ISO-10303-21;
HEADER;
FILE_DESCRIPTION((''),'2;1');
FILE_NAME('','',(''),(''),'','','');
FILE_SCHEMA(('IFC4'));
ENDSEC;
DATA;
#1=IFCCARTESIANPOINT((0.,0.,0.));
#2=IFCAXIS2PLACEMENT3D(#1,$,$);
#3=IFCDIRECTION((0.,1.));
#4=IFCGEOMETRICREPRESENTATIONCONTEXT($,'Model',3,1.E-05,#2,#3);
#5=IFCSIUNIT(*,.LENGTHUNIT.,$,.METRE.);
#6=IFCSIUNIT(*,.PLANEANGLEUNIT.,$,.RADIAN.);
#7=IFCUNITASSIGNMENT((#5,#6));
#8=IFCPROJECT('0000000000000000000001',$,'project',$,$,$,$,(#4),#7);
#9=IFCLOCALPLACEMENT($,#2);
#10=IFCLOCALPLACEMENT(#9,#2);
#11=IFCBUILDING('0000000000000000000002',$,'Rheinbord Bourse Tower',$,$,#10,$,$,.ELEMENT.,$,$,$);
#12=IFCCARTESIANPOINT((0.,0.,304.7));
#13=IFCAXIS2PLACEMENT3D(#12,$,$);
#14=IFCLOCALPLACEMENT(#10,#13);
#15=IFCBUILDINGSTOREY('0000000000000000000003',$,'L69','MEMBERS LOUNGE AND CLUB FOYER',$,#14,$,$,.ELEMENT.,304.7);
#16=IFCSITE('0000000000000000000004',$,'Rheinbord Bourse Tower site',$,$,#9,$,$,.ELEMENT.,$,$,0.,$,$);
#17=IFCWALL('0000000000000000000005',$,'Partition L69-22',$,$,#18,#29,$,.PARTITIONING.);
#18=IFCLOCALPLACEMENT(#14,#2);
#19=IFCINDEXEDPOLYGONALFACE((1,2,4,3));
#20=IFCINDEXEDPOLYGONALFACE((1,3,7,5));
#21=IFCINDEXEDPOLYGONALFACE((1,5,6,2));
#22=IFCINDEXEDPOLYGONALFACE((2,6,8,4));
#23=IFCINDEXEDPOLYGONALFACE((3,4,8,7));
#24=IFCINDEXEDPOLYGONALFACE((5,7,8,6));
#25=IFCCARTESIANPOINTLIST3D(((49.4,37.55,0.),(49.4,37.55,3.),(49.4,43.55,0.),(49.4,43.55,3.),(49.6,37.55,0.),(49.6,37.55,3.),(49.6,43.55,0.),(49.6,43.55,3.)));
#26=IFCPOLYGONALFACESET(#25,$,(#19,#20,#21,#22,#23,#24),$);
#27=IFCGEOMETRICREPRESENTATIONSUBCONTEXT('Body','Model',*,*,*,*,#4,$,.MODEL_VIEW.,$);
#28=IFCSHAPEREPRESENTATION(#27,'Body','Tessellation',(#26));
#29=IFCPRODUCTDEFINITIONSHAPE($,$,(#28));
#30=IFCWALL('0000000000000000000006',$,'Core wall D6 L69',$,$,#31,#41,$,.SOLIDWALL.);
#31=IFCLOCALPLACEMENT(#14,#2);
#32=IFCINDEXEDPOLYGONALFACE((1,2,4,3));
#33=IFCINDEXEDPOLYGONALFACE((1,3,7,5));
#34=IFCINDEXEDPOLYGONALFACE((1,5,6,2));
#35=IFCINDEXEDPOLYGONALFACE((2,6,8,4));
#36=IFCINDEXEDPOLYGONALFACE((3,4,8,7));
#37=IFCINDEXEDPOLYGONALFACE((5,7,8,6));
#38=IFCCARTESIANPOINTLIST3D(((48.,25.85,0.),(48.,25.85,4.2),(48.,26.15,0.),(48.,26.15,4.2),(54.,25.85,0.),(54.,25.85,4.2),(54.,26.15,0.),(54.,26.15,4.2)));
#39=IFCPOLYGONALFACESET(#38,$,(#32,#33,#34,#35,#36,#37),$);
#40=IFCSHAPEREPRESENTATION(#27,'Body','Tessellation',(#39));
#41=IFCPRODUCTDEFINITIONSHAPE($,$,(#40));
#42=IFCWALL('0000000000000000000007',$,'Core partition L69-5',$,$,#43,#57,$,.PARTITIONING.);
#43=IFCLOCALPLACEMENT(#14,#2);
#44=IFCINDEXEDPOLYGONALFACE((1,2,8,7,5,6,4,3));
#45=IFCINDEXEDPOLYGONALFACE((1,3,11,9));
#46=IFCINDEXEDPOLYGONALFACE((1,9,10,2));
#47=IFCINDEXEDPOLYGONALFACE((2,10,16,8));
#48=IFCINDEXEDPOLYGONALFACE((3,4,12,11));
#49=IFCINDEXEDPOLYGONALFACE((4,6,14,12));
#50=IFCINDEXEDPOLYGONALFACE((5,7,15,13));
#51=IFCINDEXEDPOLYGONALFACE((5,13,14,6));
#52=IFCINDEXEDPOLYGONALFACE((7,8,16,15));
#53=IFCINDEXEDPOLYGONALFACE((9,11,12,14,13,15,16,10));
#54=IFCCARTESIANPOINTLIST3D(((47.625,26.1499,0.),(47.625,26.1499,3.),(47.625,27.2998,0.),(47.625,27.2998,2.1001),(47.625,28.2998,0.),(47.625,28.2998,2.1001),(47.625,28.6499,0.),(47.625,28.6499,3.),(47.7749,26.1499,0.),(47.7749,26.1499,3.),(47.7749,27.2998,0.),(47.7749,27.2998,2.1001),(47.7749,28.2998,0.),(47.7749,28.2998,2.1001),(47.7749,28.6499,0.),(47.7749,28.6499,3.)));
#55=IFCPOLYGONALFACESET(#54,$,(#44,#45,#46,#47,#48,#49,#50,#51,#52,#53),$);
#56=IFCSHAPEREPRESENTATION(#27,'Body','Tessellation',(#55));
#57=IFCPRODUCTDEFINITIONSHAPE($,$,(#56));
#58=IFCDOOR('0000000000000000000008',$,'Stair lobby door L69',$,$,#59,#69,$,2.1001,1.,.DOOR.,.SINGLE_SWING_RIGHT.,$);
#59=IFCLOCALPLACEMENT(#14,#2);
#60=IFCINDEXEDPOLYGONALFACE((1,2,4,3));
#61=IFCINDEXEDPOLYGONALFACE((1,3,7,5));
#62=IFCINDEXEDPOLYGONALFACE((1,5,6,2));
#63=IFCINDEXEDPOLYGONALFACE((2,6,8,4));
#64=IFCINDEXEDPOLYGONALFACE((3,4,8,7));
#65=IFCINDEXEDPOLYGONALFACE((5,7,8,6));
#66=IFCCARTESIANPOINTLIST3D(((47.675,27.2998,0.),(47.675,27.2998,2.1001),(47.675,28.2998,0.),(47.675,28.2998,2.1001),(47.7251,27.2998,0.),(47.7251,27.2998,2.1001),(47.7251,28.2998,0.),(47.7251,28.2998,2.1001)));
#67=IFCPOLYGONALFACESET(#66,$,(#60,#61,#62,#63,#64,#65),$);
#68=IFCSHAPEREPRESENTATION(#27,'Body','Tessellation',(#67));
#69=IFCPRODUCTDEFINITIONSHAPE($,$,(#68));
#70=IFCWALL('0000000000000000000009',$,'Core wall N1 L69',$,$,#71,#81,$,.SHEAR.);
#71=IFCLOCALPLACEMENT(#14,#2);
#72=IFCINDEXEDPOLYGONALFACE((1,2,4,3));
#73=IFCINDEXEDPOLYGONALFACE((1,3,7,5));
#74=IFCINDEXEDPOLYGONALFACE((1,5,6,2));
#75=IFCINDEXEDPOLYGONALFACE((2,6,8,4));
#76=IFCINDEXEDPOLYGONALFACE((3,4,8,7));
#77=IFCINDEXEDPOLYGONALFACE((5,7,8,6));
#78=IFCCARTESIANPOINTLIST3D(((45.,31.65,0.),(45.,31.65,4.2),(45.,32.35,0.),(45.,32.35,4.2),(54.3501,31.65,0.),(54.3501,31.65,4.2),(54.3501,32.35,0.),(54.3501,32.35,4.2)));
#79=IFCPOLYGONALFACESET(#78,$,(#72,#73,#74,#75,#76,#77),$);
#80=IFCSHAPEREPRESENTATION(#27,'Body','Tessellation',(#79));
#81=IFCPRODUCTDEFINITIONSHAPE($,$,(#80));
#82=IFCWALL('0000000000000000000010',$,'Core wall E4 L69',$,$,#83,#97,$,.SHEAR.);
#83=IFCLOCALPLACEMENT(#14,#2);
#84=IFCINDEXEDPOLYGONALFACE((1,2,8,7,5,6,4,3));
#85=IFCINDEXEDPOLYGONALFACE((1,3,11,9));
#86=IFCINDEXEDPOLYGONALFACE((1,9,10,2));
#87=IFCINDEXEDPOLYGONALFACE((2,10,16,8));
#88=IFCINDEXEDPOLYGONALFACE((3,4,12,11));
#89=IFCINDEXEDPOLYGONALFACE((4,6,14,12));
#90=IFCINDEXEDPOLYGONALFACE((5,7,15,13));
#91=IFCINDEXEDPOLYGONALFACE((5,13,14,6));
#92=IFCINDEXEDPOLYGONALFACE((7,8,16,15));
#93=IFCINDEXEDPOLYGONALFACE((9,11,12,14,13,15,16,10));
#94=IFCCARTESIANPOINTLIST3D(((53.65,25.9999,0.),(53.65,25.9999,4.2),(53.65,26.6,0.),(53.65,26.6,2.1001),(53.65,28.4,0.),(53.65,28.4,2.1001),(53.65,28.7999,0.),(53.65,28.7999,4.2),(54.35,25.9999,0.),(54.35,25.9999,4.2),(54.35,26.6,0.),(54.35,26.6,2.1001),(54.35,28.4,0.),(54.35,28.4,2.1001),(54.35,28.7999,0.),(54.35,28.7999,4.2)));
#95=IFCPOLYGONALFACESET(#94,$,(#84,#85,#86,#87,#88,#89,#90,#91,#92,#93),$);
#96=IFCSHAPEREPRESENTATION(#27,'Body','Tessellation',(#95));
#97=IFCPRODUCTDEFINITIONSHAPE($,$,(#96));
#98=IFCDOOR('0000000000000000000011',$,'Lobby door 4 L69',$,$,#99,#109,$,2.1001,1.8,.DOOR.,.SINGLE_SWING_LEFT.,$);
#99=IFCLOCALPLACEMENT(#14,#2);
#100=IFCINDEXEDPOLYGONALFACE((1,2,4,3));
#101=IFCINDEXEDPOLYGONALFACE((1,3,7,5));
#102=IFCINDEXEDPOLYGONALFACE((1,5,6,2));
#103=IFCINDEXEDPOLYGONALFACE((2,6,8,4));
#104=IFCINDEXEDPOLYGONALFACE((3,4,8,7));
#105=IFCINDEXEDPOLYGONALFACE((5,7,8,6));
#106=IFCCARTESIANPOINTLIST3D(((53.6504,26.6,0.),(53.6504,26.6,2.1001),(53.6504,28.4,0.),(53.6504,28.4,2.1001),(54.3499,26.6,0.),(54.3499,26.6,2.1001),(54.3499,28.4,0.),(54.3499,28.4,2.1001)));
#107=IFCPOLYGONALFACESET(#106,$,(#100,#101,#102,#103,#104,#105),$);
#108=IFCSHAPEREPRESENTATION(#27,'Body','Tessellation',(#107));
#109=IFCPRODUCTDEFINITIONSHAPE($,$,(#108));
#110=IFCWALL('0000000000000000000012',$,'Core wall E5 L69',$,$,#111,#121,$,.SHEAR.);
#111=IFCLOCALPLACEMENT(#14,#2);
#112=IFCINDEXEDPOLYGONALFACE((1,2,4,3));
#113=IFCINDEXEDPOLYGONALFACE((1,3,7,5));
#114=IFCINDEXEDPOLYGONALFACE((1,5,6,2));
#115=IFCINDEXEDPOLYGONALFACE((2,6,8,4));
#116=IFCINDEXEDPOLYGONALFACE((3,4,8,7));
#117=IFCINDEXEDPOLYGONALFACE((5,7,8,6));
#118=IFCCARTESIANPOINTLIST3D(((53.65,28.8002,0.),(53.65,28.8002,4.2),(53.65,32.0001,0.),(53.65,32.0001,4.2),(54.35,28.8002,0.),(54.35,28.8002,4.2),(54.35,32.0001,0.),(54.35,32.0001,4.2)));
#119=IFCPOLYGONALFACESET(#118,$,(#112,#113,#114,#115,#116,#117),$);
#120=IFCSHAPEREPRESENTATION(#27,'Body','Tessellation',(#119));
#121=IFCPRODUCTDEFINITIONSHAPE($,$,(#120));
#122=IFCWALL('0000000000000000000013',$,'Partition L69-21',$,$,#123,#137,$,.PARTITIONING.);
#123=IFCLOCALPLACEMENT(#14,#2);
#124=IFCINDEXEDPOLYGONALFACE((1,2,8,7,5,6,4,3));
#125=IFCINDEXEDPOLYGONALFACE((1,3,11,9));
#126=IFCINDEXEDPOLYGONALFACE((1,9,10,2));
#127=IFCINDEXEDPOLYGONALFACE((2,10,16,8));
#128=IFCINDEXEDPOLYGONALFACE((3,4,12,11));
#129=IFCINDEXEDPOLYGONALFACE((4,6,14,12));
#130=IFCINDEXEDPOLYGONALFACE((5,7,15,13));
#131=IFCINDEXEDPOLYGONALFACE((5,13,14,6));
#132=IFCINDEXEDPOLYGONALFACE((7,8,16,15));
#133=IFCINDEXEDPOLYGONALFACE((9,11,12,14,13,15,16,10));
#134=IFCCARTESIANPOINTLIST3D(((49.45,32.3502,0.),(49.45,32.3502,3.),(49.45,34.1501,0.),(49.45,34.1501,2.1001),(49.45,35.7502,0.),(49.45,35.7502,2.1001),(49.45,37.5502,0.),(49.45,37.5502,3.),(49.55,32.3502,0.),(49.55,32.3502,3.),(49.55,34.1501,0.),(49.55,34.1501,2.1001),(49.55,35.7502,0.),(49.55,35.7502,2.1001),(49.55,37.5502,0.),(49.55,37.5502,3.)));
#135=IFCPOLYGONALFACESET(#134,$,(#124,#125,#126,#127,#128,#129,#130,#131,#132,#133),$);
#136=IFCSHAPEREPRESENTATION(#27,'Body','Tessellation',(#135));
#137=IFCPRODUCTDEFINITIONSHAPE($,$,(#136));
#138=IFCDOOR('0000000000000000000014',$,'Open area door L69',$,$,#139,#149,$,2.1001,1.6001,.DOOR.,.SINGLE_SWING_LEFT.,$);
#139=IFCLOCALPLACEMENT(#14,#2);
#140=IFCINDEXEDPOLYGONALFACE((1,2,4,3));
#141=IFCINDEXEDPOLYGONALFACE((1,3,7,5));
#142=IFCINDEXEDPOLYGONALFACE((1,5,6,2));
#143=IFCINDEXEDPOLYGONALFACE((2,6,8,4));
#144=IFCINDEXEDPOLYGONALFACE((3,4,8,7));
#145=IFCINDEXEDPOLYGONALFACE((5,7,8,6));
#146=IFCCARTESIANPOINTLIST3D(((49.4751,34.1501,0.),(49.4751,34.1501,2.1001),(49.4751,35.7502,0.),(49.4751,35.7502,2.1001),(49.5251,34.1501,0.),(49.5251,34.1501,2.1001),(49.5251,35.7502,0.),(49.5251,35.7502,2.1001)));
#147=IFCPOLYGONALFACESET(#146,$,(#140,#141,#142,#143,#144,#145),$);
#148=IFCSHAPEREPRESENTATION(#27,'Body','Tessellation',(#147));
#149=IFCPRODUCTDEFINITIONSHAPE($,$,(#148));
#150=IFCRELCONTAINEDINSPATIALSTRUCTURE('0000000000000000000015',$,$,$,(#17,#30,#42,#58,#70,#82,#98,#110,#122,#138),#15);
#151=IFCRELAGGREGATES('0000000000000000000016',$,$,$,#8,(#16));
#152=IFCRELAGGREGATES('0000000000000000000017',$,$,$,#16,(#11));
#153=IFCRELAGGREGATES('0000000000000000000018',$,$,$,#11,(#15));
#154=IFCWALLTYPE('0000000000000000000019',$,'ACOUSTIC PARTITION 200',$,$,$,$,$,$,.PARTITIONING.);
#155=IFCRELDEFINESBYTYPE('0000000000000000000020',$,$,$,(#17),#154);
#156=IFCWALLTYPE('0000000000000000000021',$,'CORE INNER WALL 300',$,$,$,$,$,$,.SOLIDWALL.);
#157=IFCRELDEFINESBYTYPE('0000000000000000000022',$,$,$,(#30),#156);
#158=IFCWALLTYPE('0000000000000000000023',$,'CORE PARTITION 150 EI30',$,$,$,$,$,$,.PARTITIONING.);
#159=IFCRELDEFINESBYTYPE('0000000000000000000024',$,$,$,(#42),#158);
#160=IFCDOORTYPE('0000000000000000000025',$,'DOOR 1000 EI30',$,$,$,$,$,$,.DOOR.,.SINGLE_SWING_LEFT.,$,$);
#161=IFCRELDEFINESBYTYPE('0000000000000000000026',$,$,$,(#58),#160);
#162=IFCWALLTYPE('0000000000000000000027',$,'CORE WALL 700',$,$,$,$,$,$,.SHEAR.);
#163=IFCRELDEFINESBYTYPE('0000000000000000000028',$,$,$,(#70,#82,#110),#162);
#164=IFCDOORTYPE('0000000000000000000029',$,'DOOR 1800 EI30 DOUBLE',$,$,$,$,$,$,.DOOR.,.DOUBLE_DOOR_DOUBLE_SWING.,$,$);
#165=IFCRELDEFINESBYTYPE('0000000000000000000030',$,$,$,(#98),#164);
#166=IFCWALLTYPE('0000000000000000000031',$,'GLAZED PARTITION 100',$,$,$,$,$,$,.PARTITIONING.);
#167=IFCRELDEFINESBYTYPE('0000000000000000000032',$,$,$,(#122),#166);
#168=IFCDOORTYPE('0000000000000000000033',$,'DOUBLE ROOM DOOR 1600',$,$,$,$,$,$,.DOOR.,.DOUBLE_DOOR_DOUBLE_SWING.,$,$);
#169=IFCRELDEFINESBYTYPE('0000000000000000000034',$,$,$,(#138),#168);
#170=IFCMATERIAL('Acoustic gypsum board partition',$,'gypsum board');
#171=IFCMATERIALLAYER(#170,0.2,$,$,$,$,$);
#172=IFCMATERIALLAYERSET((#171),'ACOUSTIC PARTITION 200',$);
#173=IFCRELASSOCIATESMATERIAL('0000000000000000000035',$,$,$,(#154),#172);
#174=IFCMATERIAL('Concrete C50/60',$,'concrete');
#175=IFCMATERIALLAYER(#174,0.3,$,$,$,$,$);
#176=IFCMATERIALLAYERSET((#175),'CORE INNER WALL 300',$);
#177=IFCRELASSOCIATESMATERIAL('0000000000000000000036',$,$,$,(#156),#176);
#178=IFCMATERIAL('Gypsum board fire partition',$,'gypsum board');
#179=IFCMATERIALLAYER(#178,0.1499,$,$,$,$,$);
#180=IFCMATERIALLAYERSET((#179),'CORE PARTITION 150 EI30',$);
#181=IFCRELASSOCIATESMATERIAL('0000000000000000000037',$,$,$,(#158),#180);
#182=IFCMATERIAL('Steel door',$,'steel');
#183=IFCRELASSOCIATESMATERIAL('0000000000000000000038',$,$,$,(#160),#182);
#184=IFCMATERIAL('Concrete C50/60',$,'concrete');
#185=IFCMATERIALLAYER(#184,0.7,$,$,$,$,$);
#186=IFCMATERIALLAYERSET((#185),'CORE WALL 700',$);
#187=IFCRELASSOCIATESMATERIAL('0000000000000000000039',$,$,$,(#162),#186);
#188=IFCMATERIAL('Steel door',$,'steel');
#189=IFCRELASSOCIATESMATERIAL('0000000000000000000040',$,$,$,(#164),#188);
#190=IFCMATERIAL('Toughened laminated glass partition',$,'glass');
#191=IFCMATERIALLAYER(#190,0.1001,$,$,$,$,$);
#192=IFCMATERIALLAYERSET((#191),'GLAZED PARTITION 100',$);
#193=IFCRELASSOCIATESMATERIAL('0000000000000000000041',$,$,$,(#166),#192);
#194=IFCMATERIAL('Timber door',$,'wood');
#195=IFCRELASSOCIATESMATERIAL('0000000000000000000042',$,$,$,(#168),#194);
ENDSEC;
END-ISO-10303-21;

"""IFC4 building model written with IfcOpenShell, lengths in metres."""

from ifc_helpers import new_model, si_unit, direction, frame, frame_2d, origin, place, context, subcontext, project, spatial, rectangle, extrude, material, layer, layer_set, type_object, element, fill, save


model = new_model("IFC4")

# Units and contexts
model_context = context("Model", 3, precision=1e-05, world=origin(), true_north=direction((0.0, 1.0)))
body_context = subcontext(model_context, "Body", "Model", "MODEL_VIEW")
ifc_project = project(units=[si_unit("LENGTHUNIT", "METRE"), si_unit("PLANEANGLEUNIT", "RADIAN")], contexts=[model_context])

# Site, building, storey
site_placement = place(None, origin())
site = spatial("IfcSite", under=ifc_project, at=site_placement, Name="Rheinbord Bourse Tower site", CompositionType="ELEMENT", RefElevation=0.0)
building_placement = place(site_placement, origin())
building = spatial("IfcBuilding", under=site, at=building_placement, Name="Rheinbord Bourse Tower", CompositionType="ELEMENT")
storey_placement = place(building_placement, frame((0.0, 0.0, 304.7)))
storey = spatial("IfcBuildingStorey", under=building, at=storey_placement, Name="L69", Description="MEMBERS LOUNGE AND CLUB FOYER", CompositionType="ELEMENT", Elevation=304.7)

# Walls
ifc_material_1 = material(Name="Acoustic gypsum board partition", Category="gypsum board")
ifc_layer_1 = layer(ifc_material_1, 0.2)
ifc_layer_set_1 = layer_set([ifc_layer_1], Name="ACOUSTIC PARTITION 200")
wall_type_1 = type_object("IfcWallType", Name="ACOUSTIC PARTITION 200", PredefinedType="PARTITIONING", material=ifc_layer_set_1)
wall_1_placement = place(storey_placement, frame((49.5, 37.55, 0.0), z_axis=(0.0, 0.0, 1.0), x_axis=(0.0, 1.0, 0.0)))
element("IfcWall", 1, at=wall_1_placement, inside=storey, type_object=wall_type_1, Name="Partition L69-22", PredefinedType="PARTITIONING", context=body_context, shape_type="SweptSolid", body=[
    extrude(rectangle(XDim=6.0, YDim=0.2, at=frame_2d((3.0, 0.0))), origin(), (0.0, 0.0, 1.0), 3.0),
])
ifc_material_2 = material(Name="Concrete C50/60", Category="concrete")
ifc_layer_2 = layer(ifc_material_2, 0.3)
ifc_layer_set_2 = layer_set([ifc_layer_2], Name="CORE INNER WALL 300")
wall_type_2 = type_object("IfcWallType", Name="CORE INNER WALL 300", PredefinedType="SOLIDWALL", material=ifc_layer_set_2)
wall_2_placement = place(storey_placement, frame((48.0, 26.0, 0.0), z_axis=(0.0, 0.0, 1.0), x_axis=(1.0, 0.0, 0.0)))
element("IfcWall", 2, at=wall_2_placement, inside=storey, type_object=wall_type_2, Name="Core wall D6 L69", PredefinedType="SOLIDWALL", context=body_context, shape_type="SweptSolid", body=[
    extrude(rectangle(XDim=6.0, YDim=0.3, at=frame_2d((3.0, 0.0))), origin(), (0.0, 0.0, 1.0), 4.2),
])

# Wall, opening, door
ifc_material_3 = material(Name="Gypsum board fire partition", Category="gypsum board")
ifc_layer_3 = layer(ifc_material_3, 0.1499)
ifc_layer_set_3 = layer_set([ifc_layer_3], Name="CORE PARTITION 150 EI30")
wall_type_3 = type_object("IfcWallType", Name="CORE PARTITION 150 EI30", PredefinedType="PARTITIONING", material=ifc_layer_set_3)
wall_3_placement = place(storey_placement, frame((47.7, 26.1499, 0.0), z_axis=(0.0, 0.0, 1.0), x_axis=(0.0, 1.0, 0.0)))
wall_3 = element("IfcWall", 3, at=wall_3_placement, inside=storey, type_object=wall_type_3, Name="Core partition L69-5", PredefinedType="PARTITIONING", context=body_context, shape_type="SweptSolid", body=[
    extrude(rectangle(XDim=2.5, YDim=0.1499, at=frame_2d((1.25, 0.0))), origin(), (0.0, 0.0, 1.0), 3.0),
])
opening_1_placement = place(wall_3_placement, frame((1.1499, 0.0, 0.0)))
opening_1 = element("IfcOpeningElement", 4, at=opening_1_placement, cuts=wall_3, PredefinedType="OPENING", context=body_context, shape_type="SweptSolid", body=[
    extrude(rectangle(XDim=1.0, YDim=2.1001, at=frame_2d((0.5, 1.05))), frame((0.0, 0.085, 0.0), z_axis=(0.0, -1.0, 0.0), x_axis=(1.0, 0.0, 0.0)), (0.0, 0.0, 1.0), 0.1699),
])
ifc_material_4 = material(Name="Steel door", Category="steel")
door_type_1 = type_object("IfcDoorType", Name="DOOR 1000 EI30", OperationType="SINGLE_SWING_LEFT", PredefinedType="DOOR", material=ifc_material_4)
door_1_placement = place(opening_1_placement, origin())
door_1 = element("IfcDoor", 5, at=door_1_placement, inside=storey, type_object=door_type_1, Name="Stair lobby door L69", OperationType="SINGLE_SWING_RIGHT", OverallHeight=2.1001, OverallWidth=1.0, PredefinedType="DOOR", context=body_context, shape_type="SweptSolid", body=[
    extrude(rectangle(XDim=1.0, YDim=2.1001, at=frame_2d((0.5, 1.05))), frame((0.0, 0.0249, 0.0), z_axis=(0.0, -1.0, 0.0), x_axis=(1.0, 0.0, 0.0)), (0.0, 0.0, 1.0), 0.05),
])
fill(opening_1, door_1)

# Wall
ifc_material_5 = material(Name="Concrete C50/60", Category="concrete")
ifc_layer_4 = layer(ifc_material_5, 0.7)
ifc_layer_set_4 = layer_set([ifc_layer_4], Name="CORE WALL 700")
wall_type_4 = type_object("IfcWallType", Name="CORE WALL 700", PredefinedType="SHEAR", material=ifc_layer_set_4)
wall_4_placement = place(storey_placement, frame((54.3501, 32.0, 0.0), z_axis=(0.0, 0.0, 1.0), x_axis=(-1.0, 0.0, 0.0)))
element("IfcWall", 6, at=wall_4_placement, inside=storey, type_object=wall_type_4, Name="Core wall N1 L69", PredefinedType="SHEAR", context=body_context, shape_type="SweptSolid", body=[
    extrude(rectangle(XDim=9.3501, YDim=0.7, at=frame_2d((4.675, 0.0))), origin(), (0.0, 0.0, 1.0), 4.2),
])

# Wall, opening, door
wall_5_placement = place(storey_placement, frame((54.0, 26.0, 0.0), z_axis=(0.0, 0.0, 1.0), x_axis=(0.0, 1.0, 0.0)))
wall_5 = element("IfcWall", 7, at=wall_5_placement, inside=storey, type_object=wall_type_4, Name="Core wall E4 L69", PredefinedType="SHEAR", context=body_context, shape_type="SweptSolid", body=[
    extrude(rectangle(XDim=2.8, YDim=0.7, at=frame_2d((1.3999, 0.0))), origin(), (0.0, 0.0, 1.0), 4.2),
])
opening_2_placement = place(wall_5_placement, frame((0.6001, 0.0, 0.0)))
opening_2 = element("IfcOpeningElement", 8, at=opening_2_placement, cuts=wall_5, PredefinedType="OPENING", context=body_context, shape_type="SweptSolid", body=[
    extrude(rectangle(XDim=1.8, YDim=2.1001, at=frame_2d((0.8999, 1.05))), frame((0.0, 0.3599, 0.0), z_axis=(0.0, -1.0, 0.0), x_axis=(1.0, 0.0, 0.0)), (0.0, 0.0, 1.0), 0.72),
])
ifc_material_6 = material(Name="Steel door", Category="steel")
door_type_2 = type_object("IfcDoorType", Name="DOOR 1800 EI30 DOUBLE", OperationType="DOUBLE_DOOR_DOUBLE_SWING", PredefinedType="DOOR", material=ifc_material_6)
door_2_placement = place(opening_2_placement, origin())
door_2 = element("IfcDoor", 9, at=door_2_placement, inside=storey, type_object=door_type_2, Name="Lobby door 4 L69", OperationType="SINGLE_SWING_LEFT", OverallHeight=2.1001, OverallWidth=1.8, PredefinedType="DOOR", context=body_context, shape_type="SweptSolid", body=[
    extrude(rectangle(XDim=1.8, YDim=2.1001, at=frame_2d((0.8999, 1.05))), frame((0.0, 0.3496, 0.0), z_axis=(0.0, -1.0, 0.0), x_axis=(1.0, 0.0, 0.0)), (0.0, 0.0, 1.0), 0.6995),
])
fill(opening_2, door_2)

# Wall
wall_6_placement = place(storey_placement, frame((54.0, 28.8, 0.0), z_axis=(0.0, 0.0, 1.0), x_axis=(0.0, 1.0, 0.0)))
element("IfcWall", 10, at=wall_6_placement, inside=storey, type_object=wall_type_4, Name="Core wall E5 L69", PredefinedType="SHEAR", context=body_context, shape_type="SweptSolid", body=[
    extrude(rectangle(XDim=3.2, YDim=0.7, at=frame_2d((1.6001, 0.0))), origin(), (0.0, 0.0, 1.0), 4.2),
])

# Wall, opening, door
ifc_material_7 = material(Name="Toughened laminated glass partition", Category="glass")
ifc_layer_5 = layer(ifc_material_7, 0.1001)
ifc_layer_set_5 = layer_set([ifc_layer_5], Name="GLAZED PARTITION 100")
wall_type_5 = type_object("IfcWallType", Name="GLAZED PARTITION 100", PredefinedType="PARTITIONING", material=ifc_layer_set_5)
wall_7_placement = place(storey_placement, frame((49.5, 32.3501, 0.0), z_axis=(0.0, 0.0, 1.0), x_axis=(0.0, 1.0, 0.0)))
wall_7 = element("IfcWall", 11, at=wall_7_placement, inside=storey, type_object=wall_type_5, Name="Partition L69-21", PredefinedType="PARTITIONING", context=body_context, shape_type="SweptSolid", body=[
    extrude(rectangle(XDim=5.2, YDim=0.1001, at=frame_2d((2.6001, 0.0))), origin(), (0.0, 0.0, 1.0), 3.0),
])
opening_3_placement = place(wall_7_placement, frame((1.8, 0.0, 0.0)))
opening_3 = element("IfcOpeningElement", 12, at=opening_3_placement, cuts=wall_7, PredefinedType="OPENING", context=body_context, shape_type="SweptSolid", body=[
    extrude(rectangle(XDim=1.6001, YDim=2.1001, at=frame_2d((0.8, 1.05))), frame((0.0, 0.0601, 0.0), z_axis=(0.0, -1.0, 0.0), x_axis=(1.0, 0.0, 0.0)), (0.0, 0.0, 1.0), 0.1201),
])
ifc_material_8 = material(Name="Timber door", Category="wood")
door_type_3 = type_object("IfcDoorType", Name="DOUBLE ROOM DOOR 1600", OperationType="DOUBLE_DOOR_DOUBLE_SWING", PredefinedType="DOOR", material=ifc_material_8)
door_3_placement = place(opening_3_placement, origin())
door_3 = element("IfcDoor", 13, at=door_3_placement, inside=storey, type_object=door_type_3, Name="Open area door L69", OperationType="SINGLE_SWING_LEFT", OverallHeight=2.1001, OverallWidth=1.6001, PredefinedType="DOOR", context=body_context, shape_type="SweptSolid", body=[
    extrude(rectangle(XDim=1.6001, YDim=2.1001, at=frame_2d((0.8, 1.05))), frame((0.0, 0.0249, 0.0), z_axis=(0.0, -1.0, 0.0), x_axis=(1.0, 0.0, 0.0)), (0.0, 0.0, 1.0), 0.05),
])
fill(opening_3, door_3)

save(model, "model.ifc")
